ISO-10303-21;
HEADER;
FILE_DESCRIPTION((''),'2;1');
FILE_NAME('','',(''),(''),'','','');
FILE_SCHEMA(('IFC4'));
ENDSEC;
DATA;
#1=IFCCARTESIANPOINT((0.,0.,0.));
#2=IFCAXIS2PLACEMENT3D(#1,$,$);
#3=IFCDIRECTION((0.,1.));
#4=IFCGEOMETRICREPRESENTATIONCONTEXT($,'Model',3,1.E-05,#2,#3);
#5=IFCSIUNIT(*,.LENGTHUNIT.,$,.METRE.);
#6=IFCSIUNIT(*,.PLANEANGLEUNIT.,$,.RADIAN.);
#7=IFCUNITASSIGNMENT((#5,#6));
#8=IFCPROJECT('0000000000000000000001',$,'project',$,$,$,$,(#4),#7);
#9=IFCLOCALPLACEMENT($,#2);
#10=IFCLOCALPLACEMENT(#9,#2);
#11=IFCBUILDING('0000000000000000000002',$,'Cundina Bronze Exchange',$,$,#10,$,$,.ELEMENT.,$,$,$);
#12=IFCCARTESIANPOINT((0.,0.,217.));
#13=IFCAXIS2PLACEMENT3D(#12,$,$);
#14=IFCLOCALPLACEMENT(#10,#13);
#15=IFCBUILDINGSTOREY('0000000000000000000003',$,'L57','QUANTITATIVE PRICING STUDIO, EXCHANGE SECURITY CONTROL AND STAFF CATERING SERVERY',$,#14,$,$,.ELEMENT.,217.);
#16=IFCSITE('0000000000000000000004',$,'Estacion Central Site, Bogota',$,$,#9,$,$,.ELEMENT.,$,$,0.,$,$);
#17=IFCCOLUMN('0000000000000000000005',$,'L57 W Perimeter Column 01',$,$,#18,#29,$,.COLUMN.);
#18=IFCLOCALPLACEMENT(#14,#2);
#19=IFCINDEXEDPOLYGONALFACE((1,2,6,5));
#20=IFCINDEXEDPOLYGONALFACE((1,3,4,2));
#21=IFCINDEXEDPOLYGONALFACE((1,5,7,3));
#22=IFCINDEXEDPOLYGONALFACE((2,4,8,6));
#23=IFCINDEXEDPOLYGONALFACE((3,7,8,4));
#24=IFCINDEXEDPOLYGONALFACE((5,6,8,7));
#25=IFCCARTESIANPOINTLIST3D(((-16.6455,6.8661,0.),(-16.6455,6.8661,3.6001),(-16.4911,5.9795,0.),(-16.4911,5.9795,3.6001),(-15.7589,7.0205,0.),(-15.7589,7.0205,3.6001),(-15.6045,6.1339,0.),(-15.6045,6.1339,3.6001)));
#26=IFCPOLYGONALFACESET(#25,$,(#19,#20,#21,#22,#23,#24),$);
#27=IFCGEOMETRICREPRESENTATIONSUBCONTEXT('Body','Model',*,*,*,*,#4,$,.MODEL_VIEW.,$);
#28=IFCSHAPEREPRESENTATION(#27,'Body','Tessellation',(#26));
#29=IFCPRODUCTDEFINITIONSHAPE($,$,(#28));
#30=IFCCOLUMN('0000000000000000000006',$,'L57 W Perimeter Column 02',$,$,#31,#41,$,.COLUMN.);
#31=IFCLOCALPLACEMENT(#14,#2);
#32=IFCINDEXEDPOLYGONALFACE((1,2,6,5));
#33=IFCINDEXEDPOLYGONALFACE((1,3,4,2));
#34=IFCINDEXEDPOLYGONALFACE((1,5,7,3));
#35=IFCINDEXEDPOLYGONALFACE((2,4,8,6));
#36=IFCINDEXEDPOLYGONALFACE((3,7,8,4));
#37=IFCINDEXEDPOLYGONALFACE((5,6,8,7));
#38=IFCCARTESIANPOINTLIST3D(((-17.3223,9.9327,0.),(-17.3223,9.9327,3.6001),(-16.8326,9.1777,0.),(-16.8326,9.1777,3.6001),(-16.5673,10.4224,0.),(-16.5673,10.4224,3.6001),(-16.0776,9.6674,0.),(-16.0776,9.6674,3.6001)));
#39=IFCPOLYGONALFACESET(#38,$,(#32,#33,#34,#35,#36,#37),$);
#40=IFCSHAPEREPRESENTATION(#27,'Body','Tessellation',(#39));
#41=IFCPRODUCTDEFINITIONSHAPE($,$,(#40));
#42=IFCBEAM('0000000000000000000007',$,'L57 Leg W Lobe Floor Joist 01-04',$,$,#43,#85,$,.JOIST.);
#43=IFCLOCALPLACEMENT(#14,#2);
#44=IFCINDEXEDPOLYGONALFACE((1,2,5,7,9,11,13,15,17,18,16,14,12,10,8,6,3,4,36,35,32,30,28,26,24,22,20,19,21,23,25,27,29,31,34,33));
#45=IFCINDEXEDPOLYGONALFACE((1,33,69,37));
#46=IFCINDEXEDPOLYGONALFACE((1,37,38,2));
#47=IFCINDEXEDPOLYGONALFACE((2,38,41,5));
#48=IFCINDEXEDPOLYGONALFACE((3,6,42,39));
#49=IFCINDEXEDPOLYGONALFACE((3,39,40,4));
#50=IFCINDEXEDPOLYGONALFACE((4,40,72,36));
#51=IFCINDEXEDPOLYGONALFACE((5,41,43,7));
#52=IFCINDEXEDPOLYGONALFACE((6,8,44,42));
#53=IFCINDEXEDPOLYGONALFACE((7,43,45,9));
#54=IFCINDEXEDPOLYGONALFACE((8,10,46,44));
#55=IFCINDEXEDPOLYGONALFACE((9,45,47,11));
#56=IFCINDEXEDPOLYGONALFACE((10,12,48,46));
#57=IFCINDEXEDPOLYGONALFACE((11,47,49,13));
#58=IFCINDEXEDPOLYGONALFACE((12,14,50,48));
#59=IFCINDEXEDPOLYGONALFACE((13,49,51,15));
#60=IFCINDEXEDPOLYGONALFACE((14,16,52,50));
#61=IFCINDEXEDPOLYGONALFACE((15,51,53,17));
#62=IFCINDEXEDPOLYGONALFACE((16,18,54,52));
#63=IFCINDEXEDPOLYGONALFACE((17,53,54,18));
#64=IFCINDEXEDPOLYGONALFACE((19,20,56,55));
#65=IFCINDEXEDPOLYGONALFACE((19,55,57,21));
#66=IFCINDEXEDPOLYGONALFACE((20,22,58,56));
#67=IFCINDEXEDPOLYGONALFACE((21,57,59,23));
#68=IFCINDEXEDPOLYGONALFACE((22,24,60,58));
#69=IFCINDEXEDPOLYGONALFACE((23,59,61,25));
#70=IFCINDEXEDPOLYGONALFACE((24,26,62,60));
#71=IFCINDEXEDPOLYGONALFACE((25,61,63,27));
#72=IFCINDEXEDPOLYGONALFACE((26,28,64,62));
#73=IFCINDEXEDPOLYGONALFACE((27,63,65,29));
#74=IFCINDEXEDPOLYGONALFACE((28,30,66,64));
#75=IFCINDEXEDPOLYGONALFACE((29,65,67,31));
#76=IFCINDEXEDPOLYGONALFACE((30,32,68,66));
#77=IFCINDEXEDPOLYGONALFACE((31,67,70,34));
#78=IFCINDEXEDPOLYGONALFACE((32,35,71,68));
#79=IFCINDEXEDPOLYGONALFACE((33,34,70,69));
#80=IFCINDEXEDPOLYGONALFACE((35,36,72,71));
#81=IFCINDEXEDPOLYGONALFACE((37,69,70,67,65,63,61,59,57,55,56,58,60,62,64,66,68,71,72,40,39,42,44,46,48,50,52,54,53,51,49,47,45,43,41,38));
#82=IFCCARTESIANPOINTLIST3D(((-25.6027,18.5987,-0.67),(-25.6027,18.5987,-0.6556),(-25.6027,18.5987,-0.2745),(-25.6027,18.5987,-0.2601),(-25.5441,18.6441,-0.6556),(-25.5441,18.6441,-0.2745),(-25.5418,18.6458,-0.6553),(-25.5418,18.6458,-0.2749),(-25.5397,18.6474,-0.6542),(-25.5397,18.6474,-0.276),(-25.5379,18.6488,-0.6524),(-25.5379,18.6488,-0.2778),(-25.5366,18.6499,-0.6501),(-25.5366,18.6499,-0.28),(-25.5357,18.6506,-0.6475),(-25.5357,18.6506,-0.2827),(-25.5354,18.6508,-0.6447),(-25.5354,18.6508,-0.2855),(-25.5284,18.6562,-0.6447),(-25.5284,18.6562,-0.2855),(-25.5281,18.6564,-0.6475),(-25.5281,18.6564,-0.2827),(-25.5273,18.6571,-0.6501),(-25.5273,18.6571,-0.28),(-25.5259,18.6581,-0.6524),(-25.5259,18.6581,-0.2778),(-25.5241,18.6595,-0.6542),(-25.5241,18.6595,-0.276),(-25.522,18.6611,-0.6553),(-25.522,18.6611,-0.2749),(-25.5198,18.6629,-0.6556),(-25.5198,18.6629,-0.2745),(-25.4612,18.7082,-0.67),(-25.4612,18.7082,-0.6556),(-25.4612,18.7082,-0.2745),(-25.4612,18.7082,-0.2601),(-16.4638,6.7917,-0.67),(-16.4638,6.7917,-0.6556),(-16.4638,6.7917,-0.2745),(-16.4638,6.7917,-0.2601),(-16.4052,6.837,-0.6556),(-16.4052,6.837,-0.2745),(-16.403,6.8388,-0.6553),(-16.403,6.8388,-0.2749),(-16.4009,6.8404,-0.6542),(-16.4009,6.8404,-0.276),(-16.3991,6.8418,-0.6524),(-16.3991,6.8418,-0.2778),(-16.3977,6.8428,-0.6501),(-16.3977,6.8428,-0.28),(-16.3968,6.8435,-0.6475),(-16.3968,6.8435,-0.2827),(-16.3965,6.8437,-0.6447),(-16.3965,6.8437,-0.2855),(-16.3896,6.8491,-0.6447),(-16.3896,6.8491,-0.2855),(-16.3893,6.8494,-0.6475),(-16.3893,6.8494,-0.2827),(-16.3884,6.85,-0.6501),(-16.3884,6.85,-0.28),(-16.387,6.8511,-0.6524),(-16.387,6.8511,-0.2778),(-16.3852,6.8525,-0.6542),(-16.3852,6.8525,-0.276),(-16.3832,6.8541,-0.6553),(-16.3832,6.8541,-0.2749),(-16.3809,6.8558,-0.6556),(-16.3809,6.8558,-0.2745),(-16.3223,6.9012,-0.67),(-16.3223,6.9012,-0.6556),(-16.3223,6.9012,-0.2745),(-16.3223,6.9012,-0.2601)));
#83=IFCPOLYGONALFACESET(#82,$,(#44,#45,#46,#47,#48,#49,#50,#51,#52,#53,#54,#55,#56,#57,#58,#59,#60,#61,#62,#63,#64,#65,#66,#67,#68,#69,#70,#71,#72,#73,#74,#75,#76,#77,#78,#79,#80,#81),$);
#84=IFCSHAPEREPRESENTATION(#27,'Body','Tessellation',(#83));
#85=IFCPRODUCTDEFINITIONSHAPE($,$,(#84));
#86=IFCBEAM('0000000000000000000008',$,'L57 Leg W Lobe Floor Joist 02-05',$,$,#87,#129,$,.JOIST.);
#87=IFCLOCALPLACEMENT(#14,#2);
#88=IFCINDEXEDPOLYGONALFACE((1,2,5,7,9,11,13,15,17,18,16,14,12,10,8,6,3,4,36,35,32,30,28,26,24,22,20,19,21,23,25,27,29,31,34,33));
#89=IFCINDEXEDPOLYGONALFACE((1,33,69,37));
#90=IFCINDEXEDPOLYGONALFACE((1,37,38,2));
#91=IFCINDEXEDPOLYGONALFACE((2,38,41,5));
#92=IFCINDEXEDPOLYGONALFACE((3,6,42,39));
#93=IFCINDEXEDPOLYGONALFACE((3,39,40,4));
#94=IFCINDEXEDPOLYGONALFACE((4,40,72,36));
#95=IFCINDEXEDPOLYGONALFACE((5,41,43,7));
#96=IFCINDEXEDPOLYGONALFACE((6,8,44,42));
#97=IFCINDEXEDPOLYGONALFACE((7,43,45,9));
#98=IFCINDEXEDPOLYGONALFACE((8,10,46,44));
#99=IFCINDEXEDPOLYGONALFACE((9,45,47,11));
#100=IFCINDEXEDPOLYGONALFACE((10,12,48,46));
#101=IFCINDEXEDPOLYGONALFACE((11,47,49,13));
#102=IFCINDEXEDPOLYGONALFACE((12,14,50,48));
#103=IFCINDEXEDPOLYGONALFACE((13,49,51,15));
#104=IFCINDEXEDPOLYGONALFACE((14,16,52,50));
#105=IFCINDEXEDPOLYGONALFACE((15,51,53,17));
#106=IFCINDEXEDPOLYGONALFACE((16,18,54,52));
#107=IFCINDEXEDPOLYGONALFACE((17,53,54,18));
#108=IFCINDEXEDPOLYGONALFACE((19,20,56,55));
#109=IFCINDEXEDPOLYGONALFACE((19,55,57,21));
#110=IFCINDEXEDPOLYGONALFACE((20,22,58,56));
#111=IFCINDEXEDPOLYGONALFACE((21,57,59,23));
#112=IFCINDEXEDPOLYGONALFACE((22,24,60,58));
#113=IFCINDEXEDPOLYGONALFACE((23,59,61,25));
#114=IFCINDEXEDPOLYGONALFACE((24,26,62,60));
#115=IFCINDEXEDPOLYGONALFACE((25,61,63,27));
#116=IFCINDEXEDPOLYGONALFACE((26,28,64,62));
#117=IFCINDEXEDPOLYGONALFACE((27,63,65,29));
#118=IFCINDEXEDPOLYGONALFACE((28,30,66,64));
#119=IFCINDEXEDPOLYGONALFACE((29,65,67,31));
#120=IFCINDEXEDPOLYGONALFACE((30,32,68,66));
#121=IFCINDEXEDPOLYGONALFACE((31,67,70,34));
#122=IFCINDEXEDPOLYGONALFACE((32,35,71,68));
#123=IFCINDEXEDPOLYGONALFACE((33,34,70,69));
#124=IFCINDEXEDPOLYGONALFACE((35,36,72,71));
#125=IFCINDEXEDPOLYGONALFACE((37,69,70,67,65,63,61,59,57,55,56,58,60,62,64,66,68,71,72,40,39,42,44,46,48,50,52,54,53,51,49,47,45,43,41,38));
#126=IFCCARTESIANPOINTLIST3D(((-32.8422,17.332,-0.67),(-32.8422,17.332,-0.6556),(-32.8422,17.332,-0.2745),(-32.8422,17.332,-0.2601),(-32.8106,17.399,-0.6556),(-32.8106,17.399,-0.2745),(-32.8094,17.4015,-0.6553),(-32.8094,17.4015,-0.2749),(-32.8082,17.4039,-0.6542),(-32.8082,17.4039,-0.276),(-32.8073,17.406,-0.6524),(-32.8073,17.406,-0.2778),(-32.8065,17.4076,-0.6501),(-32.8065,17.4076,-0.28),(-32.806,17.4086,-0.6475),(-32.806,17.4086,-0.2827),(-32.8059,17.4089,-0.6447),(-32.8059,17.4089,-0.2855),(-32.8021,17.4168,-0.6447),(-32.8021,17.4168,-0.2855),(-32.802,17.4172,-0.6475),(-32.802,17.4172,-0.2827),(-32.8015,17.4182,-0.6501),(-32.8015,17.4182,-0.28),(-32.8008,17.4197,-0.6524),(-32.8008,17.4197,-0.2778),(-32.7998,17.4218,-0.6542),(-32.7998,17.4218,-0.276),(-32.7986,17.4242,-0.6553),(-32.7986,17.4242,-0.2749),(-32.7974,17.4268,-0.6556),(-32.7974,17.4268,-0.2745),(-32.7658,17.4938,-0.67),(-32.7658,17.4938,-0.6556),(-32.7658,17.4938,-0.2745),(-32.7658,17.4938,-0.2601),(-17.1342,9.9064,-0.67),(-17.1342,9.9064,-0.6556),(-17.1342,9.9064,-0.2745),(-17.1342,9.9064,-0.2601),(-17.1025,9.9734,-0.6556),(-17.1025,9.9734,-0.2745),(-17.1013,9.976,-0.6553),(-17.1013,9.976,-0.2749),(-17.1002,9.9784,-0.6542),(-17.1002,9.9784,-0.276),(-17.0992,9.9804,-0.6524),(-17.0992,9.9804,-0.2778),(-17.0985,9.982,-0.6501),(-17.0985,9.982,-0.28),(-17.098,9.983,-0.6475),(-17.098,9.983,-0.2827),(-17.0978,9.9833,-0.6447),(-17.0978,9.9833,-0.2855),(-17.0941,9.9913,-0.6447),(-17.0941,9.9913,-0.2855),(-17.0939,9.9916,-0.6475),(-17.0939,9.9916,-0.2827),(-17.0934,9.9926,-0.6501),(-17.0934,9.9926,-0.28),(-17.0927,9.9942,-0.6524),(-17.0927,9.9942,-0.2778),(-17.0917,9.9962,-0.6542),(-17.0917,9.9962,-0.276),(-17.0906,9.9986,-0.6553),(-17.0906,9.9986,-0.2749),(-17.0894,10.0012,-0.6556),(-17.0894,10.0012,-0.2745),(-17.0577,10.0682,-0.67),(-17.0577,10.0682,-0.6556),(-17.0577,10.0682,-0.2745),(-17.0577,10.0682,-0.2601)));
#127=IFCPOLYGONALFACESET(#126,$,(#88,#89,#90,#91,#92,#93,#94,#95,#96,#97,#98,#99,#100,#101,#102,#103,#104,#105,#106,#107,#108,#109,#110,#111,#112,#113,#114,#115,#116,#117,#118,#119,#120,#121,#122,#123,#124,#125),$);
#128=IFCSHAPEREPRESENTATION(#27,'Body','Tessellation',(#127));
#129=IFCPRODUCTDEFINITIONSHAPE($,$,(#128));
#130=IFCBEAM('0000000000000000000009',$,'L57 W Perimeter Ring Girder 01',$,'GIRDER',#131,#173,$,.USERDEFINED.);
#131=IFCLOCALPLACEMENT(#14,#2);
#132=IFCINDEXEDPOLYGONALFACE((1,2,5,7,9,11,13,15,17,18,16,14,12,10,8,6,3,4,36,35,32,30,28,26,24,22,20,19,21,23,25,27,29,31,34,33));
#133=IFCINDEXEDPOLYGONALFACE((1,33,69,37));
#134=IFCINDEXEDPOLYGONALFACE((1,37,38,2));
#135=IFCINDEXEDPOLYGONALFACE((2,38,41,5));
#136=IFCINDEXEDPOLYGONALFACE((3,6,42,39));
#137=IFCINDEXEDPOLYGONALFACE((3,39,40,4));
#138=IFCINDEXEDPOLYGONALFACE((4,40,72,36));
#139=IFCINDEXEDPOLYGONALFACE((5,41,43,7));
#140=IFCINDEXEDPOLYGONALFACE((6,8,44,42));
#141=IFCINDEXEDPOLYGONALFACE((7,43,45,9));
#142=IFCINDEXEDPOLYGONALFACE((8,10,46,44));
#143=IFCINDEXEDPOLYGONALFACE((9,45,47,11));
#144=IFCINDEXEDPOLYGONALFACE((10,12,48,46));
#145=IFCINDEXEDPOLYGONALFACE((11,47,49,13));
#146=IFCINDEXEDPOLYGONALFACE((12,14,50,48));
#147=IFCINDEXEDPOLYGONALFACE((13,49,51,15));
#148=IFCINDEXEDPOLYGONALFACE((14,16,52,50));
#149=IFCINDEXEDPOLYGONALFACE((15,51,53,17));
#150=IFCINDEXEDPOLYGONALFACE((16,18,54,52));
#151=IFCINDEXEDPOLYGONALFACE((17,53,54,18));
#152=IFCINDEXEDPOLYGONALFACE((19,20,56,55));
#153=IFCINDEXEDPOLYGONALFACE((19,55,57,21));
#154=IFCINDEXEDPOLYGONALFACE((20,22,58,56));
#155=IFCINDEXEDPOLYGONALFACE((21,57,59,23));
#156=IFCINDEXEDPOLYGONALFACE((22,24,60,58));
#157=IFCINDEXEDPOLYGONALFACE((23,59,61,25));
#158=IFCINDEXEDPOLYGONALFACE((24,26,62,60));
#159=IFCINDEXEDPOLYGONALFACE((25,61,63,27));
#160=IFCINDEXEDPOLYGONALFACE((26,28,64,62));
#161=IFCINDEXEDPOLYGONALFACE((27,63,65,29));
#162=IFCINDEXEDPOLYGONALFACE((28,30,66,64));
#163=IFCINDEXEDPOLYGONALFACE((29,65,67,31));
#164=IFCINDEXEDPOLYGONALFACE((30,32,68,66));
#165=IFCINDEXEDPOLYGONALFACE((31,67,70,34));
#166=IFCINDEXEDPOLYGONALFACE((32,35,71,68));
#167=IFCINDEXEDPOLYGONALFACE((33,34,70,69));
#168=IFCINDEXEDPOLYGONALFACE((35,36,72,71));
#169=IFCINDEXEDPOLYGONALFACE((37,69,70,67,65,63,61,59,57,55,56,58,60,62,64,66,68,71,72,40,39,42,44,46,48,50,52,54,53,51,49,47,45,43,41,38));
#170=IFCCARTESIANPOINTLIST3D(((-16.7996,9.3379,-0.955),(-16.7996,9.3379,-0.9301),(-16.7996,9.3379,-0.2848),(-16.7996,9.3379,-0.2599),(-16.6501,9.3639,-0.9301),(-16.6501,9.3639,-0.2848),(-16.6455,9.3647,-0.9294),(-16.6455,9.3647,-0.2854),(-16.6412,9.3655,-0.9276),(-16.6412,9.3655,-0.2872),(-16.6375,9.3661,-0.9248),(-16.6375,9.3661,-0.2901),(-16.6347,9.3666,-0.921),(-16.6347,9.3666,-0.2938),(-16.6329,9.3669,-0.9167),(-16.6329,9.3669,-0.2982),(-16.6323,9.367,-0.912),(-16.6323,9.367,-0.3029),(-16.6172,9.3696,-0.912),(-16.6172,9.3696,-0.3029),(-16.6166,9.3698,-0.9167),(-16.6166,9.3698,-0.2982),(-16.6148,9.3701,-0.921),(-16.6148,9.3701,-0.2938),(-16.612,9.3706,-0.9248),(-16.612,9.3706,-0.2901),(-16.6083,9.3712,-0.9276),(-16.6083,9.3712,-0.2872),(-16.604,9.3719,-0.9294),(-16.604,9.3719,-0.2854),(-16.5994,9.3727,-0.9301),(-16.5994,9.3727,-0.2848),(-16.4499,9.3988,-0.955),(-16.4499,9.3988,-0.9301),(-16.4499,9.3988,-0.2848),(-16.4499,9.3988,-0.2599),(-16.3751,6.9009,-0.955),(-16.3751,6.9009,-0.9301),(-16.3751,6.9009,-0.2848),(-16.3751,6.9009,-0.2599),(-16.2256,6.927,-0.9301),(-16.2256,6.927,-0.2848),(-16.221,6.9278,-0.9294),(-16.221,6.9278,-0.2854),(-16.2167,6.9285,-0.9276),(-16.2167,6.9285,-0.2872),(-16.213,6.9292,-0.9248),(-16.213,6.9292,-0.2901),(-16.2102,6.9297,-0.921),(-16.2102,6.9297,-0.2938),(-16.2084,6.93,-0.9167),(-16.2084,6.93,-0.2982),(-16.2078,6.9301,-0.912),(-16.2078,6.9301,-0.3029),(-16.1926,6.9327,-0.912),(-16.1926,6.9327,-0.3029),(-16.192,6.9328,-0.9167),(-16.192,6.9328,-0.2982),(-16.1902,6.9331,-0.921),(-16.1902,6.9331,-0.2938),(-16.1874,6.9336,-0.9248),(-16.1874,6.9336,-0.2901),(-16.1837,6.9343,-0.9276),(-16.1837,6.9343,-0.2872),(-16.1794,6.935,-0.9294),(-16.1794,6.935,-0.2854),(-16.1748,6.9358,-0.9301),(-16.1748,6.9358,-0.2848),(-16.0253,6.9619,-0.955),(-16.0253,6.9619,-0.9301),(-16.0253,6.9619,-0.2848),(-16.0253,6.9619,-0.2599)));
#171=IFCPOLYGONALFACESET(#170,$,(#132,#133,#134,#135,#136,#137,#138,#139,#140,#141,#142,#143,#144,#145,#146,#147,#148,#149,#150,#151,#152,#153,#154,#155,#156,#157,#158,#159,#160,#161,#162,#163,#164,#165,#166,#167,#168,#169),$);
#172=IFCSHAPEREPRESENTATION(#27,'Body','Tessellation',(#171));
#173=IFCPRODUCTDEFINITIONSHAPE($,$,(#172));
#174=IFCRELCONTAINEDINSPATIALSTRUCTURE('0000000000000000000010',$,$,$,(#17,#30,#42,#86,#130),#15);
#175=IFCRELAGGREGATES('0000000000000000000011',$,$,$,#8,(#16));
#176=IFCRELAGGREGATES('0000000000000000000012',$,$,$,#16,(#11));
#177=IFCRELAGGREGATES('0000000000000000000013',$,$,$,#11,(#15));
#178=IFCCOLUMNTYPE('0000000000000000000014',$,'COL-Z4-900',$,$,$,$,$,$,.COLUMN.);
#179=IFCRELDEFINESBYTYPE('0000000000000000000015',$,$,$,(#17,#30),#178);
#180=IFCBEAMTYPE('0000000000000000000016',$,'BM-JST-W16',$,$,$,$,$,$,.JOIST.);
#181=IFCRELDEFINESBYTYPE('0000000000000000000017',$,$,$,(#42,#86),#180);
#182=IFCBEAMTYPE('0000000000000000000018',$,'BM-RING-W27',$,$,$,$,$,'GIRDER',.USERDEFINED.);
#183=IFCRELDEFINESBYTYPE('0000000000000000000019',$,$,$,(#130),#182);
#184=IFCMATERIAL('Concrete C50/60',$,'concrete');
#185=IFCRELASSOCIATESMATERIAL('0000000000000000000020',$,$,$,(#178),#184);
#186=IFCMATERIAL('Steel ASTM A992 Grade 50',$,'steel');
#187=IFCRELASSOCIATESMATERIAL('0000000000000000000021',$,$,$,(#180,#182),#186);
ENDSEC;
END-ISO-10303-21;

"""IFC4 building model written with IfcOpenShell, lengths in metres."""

from ifc_helpers import new_model, si_unit, direction, frame, origin, origin_2d, place, context, subcontext, project, spatial, rectangle, i_section, extrude, material, material_profile, profile_set, type_object, element, save


model = new_model("IFC4")

# Units and contexts
model_context = context("Model", 3, precision=1e-05, world=origin(), true_north=direction((0.0, 1.0)))
body_context = subcontext(model_context, "Body", "Model", "MODEL_VIEW")
ifc_project = project(units=[si_unit("LENGTHUNIT", "METRE"), si_unit("PLANEANGLEUNIT", "RADIAN")], contexts=[model_context])

# Site, building, storey
site_placement = place(None, origin())
site = spatial("IfcSite", under=ifc_project, at=site_placement, Name="Estacion Central Site, Bogota", CompositionType="ELEMENT", RefElevation=0.0)
building_placement = place(site_placement, origin())
building = spatial("IfcBuilding", under=site, at=building_placement, Name="Cundina Bronze Exchange", CompositionType="ELEMENT")
storey_placement = place(building_placement, frame((0.0, 0.0, 217.0)))
storey = spatial("IfcBuildingStorey", under=building, at=storey_placement, Name="L57", Description="QUANTITATIVE PRICING STUDIO, EXCHANGE SECURITY CONTROL AND STAFF CATERING SERVERY", CompositionType="ELEMENT", Elevation=217.0)

# Columns
ifc_material_1 = material(Name="Concrete C50/60", Category="concrete")
ifc_material_profile_1 = material_profile(ifc_material_1, rectangle(XDim=0.8999, YDim=0.8999, at=origin_2d()), Name="RC900X900", Category="concrete")
ifc_profile_set_1 = profile_set([ifc_material_profile_1], Name="Concrete C50/60")
column_type = type_object("IfcColumnType", Name="COL-Z4-900", PredefinedType="COLUMN", material=ifc_profile_set_1)
for number, where, z_axis, x_axis, name in (
    (1, (-16.125, 6.5, 0.0), (0.0, 0.0, 1.0), (-0.171585, 0.985169, 0.0), "L57 W Perimeter Column 01"),
    (2, (-16.7, 9.8, 0.0), (0.0, 0.0, 1.0), (-0.5442, 0.838956, 0.0), "L57 W Perimeter Column 02"),
):
    element("IfcColumn", number, at=place(storey_placement, frame(where, z_axis=z_axis, x_axis=x_axis)), inside=storey, type_object=column_type, Name=name, PredefinedType="COLUMN", context=body_context, shape_type="SweptSolid", body=[
        extrude(rectangle(XDim=0.8999, YDim=0.8999, at=origin_2d()), origin(), (0.0, 0.0, 1.0), 3.6001),
    ])

# Beams
ifc_material_2 = material(Name="Steel ASTM A992 Grade 50", Category="steel")
ifc_material_profile_2 = material_profile(ifc_material_2, i_section(OverallWidth=0.179, OverallDepth=0.4099, WebThickness=0.0088, FlangeThickness=0.0144, FilletRadius=0.011, at=origin_2d()), Name="W16X45", Category="steel")
ifc_profile_set_2 = profile_set([ifc_material_profile_2], Name="Steel ASTM A992 Grade 50")
beam_type_1 = type_object("IfcBeamType", Name="BM-JST-W16", PredefinedType="JOIST", material=ifc_profile_set_2)
beam_1_placement = place(storey_placement, frame((-16.3931, 6.8464, -0.4651), z_axis=(-0.612086, 0.790791, 0.0), x_axis=(-0.790791, -0.612086, 0.0)))
element("IfcBeam", 3, at=beam_1_placement, inside=storey, type_object=beam_type_1, Name="L57 Leg W Lobe Floor Joist 01-04", PredefinedType="JOIST", context=body_context, shape_type="SweptSolid", body=[
    extrude(i_section(OverallWidth=0.179, OverallDepth=0.4099, WebThickness=0.0088, FlangeThickness=0.0144, FilletRadius=0.011, at=origin_2d()), origin(), (0.0, 0.0, 1.0), 14.9307),
])
beam_2_placement = place(storey_placement, frame((-17.0959, 9.9873, -0.4651), z_axis=(-0.904074, 0.427376, 0.0), x_axis=(-0.427376, -0.904074, 0.0)))
element("IfcBeam", 4, at=beam_2_placement, inside=storey, type_object=beam_type_1, Name="L57 Leg W Lobe Floor Joist 02-05", PredefinedType="JOIST", context=body_context, shape_type="SweptSolid", body=[
    extrude(i_section(OverallWidth=0.179, OverallDepth=0.4099, WebThickness=0.0088, FlangeThickness=0.0144, FilletRadius=0.011, at=origin_2d()), origin(), (0.0, 0.0, 1.0), 17.3748),
])
ifc_material_profile_3 = material_profile(ifc_material_2, i_section(OverallWidth=0.355, OverallDepth=0.6951, WebThickness=0.0154, FlangeThickness=0.0249, FilletRadius=0.0181, at=origin_2d()), Name="W27X146", Category="steel")
ifc_profile_set_3 = profile_set([ifc_material_profile_3], Name="Steel ASTM A992 Grade 50")
beam_type_2 = type_object("IfcBeamType", Name="BM-RING-W27", ElementType="GIRDER", PredefinedType="USERDEFINED", material=ifc_profile_set_3)
beam_3_placement = place(storey_placement, frame((-16.2002, 6.9314, -0.6074), z_axis=(-0.171629, 0.985162, 0.0), x_axis=(-0.985162, -0.171629, 0.0)))
element("IfcBeam", 5, at=beam_3_placement, inside=storey, type_object=beam_type_2, Name="L57 W Perimeter Ring Girder 01", ObjectType="GIRDER", PredefinedType="USERDEFINED", context=body_context, shape_type="SweptSolid", body=[
    extrude(i_section(OverallWidth=0.355, OverallDepth=0.6951, WebThickness=0.0154, FlangeThickness=0.0249, FilletRadius=0.0181, at=origin_2d()), origin(), (0.0, 0.0, 1.0), 2.4736),
])

save(model, "model.ifc")
